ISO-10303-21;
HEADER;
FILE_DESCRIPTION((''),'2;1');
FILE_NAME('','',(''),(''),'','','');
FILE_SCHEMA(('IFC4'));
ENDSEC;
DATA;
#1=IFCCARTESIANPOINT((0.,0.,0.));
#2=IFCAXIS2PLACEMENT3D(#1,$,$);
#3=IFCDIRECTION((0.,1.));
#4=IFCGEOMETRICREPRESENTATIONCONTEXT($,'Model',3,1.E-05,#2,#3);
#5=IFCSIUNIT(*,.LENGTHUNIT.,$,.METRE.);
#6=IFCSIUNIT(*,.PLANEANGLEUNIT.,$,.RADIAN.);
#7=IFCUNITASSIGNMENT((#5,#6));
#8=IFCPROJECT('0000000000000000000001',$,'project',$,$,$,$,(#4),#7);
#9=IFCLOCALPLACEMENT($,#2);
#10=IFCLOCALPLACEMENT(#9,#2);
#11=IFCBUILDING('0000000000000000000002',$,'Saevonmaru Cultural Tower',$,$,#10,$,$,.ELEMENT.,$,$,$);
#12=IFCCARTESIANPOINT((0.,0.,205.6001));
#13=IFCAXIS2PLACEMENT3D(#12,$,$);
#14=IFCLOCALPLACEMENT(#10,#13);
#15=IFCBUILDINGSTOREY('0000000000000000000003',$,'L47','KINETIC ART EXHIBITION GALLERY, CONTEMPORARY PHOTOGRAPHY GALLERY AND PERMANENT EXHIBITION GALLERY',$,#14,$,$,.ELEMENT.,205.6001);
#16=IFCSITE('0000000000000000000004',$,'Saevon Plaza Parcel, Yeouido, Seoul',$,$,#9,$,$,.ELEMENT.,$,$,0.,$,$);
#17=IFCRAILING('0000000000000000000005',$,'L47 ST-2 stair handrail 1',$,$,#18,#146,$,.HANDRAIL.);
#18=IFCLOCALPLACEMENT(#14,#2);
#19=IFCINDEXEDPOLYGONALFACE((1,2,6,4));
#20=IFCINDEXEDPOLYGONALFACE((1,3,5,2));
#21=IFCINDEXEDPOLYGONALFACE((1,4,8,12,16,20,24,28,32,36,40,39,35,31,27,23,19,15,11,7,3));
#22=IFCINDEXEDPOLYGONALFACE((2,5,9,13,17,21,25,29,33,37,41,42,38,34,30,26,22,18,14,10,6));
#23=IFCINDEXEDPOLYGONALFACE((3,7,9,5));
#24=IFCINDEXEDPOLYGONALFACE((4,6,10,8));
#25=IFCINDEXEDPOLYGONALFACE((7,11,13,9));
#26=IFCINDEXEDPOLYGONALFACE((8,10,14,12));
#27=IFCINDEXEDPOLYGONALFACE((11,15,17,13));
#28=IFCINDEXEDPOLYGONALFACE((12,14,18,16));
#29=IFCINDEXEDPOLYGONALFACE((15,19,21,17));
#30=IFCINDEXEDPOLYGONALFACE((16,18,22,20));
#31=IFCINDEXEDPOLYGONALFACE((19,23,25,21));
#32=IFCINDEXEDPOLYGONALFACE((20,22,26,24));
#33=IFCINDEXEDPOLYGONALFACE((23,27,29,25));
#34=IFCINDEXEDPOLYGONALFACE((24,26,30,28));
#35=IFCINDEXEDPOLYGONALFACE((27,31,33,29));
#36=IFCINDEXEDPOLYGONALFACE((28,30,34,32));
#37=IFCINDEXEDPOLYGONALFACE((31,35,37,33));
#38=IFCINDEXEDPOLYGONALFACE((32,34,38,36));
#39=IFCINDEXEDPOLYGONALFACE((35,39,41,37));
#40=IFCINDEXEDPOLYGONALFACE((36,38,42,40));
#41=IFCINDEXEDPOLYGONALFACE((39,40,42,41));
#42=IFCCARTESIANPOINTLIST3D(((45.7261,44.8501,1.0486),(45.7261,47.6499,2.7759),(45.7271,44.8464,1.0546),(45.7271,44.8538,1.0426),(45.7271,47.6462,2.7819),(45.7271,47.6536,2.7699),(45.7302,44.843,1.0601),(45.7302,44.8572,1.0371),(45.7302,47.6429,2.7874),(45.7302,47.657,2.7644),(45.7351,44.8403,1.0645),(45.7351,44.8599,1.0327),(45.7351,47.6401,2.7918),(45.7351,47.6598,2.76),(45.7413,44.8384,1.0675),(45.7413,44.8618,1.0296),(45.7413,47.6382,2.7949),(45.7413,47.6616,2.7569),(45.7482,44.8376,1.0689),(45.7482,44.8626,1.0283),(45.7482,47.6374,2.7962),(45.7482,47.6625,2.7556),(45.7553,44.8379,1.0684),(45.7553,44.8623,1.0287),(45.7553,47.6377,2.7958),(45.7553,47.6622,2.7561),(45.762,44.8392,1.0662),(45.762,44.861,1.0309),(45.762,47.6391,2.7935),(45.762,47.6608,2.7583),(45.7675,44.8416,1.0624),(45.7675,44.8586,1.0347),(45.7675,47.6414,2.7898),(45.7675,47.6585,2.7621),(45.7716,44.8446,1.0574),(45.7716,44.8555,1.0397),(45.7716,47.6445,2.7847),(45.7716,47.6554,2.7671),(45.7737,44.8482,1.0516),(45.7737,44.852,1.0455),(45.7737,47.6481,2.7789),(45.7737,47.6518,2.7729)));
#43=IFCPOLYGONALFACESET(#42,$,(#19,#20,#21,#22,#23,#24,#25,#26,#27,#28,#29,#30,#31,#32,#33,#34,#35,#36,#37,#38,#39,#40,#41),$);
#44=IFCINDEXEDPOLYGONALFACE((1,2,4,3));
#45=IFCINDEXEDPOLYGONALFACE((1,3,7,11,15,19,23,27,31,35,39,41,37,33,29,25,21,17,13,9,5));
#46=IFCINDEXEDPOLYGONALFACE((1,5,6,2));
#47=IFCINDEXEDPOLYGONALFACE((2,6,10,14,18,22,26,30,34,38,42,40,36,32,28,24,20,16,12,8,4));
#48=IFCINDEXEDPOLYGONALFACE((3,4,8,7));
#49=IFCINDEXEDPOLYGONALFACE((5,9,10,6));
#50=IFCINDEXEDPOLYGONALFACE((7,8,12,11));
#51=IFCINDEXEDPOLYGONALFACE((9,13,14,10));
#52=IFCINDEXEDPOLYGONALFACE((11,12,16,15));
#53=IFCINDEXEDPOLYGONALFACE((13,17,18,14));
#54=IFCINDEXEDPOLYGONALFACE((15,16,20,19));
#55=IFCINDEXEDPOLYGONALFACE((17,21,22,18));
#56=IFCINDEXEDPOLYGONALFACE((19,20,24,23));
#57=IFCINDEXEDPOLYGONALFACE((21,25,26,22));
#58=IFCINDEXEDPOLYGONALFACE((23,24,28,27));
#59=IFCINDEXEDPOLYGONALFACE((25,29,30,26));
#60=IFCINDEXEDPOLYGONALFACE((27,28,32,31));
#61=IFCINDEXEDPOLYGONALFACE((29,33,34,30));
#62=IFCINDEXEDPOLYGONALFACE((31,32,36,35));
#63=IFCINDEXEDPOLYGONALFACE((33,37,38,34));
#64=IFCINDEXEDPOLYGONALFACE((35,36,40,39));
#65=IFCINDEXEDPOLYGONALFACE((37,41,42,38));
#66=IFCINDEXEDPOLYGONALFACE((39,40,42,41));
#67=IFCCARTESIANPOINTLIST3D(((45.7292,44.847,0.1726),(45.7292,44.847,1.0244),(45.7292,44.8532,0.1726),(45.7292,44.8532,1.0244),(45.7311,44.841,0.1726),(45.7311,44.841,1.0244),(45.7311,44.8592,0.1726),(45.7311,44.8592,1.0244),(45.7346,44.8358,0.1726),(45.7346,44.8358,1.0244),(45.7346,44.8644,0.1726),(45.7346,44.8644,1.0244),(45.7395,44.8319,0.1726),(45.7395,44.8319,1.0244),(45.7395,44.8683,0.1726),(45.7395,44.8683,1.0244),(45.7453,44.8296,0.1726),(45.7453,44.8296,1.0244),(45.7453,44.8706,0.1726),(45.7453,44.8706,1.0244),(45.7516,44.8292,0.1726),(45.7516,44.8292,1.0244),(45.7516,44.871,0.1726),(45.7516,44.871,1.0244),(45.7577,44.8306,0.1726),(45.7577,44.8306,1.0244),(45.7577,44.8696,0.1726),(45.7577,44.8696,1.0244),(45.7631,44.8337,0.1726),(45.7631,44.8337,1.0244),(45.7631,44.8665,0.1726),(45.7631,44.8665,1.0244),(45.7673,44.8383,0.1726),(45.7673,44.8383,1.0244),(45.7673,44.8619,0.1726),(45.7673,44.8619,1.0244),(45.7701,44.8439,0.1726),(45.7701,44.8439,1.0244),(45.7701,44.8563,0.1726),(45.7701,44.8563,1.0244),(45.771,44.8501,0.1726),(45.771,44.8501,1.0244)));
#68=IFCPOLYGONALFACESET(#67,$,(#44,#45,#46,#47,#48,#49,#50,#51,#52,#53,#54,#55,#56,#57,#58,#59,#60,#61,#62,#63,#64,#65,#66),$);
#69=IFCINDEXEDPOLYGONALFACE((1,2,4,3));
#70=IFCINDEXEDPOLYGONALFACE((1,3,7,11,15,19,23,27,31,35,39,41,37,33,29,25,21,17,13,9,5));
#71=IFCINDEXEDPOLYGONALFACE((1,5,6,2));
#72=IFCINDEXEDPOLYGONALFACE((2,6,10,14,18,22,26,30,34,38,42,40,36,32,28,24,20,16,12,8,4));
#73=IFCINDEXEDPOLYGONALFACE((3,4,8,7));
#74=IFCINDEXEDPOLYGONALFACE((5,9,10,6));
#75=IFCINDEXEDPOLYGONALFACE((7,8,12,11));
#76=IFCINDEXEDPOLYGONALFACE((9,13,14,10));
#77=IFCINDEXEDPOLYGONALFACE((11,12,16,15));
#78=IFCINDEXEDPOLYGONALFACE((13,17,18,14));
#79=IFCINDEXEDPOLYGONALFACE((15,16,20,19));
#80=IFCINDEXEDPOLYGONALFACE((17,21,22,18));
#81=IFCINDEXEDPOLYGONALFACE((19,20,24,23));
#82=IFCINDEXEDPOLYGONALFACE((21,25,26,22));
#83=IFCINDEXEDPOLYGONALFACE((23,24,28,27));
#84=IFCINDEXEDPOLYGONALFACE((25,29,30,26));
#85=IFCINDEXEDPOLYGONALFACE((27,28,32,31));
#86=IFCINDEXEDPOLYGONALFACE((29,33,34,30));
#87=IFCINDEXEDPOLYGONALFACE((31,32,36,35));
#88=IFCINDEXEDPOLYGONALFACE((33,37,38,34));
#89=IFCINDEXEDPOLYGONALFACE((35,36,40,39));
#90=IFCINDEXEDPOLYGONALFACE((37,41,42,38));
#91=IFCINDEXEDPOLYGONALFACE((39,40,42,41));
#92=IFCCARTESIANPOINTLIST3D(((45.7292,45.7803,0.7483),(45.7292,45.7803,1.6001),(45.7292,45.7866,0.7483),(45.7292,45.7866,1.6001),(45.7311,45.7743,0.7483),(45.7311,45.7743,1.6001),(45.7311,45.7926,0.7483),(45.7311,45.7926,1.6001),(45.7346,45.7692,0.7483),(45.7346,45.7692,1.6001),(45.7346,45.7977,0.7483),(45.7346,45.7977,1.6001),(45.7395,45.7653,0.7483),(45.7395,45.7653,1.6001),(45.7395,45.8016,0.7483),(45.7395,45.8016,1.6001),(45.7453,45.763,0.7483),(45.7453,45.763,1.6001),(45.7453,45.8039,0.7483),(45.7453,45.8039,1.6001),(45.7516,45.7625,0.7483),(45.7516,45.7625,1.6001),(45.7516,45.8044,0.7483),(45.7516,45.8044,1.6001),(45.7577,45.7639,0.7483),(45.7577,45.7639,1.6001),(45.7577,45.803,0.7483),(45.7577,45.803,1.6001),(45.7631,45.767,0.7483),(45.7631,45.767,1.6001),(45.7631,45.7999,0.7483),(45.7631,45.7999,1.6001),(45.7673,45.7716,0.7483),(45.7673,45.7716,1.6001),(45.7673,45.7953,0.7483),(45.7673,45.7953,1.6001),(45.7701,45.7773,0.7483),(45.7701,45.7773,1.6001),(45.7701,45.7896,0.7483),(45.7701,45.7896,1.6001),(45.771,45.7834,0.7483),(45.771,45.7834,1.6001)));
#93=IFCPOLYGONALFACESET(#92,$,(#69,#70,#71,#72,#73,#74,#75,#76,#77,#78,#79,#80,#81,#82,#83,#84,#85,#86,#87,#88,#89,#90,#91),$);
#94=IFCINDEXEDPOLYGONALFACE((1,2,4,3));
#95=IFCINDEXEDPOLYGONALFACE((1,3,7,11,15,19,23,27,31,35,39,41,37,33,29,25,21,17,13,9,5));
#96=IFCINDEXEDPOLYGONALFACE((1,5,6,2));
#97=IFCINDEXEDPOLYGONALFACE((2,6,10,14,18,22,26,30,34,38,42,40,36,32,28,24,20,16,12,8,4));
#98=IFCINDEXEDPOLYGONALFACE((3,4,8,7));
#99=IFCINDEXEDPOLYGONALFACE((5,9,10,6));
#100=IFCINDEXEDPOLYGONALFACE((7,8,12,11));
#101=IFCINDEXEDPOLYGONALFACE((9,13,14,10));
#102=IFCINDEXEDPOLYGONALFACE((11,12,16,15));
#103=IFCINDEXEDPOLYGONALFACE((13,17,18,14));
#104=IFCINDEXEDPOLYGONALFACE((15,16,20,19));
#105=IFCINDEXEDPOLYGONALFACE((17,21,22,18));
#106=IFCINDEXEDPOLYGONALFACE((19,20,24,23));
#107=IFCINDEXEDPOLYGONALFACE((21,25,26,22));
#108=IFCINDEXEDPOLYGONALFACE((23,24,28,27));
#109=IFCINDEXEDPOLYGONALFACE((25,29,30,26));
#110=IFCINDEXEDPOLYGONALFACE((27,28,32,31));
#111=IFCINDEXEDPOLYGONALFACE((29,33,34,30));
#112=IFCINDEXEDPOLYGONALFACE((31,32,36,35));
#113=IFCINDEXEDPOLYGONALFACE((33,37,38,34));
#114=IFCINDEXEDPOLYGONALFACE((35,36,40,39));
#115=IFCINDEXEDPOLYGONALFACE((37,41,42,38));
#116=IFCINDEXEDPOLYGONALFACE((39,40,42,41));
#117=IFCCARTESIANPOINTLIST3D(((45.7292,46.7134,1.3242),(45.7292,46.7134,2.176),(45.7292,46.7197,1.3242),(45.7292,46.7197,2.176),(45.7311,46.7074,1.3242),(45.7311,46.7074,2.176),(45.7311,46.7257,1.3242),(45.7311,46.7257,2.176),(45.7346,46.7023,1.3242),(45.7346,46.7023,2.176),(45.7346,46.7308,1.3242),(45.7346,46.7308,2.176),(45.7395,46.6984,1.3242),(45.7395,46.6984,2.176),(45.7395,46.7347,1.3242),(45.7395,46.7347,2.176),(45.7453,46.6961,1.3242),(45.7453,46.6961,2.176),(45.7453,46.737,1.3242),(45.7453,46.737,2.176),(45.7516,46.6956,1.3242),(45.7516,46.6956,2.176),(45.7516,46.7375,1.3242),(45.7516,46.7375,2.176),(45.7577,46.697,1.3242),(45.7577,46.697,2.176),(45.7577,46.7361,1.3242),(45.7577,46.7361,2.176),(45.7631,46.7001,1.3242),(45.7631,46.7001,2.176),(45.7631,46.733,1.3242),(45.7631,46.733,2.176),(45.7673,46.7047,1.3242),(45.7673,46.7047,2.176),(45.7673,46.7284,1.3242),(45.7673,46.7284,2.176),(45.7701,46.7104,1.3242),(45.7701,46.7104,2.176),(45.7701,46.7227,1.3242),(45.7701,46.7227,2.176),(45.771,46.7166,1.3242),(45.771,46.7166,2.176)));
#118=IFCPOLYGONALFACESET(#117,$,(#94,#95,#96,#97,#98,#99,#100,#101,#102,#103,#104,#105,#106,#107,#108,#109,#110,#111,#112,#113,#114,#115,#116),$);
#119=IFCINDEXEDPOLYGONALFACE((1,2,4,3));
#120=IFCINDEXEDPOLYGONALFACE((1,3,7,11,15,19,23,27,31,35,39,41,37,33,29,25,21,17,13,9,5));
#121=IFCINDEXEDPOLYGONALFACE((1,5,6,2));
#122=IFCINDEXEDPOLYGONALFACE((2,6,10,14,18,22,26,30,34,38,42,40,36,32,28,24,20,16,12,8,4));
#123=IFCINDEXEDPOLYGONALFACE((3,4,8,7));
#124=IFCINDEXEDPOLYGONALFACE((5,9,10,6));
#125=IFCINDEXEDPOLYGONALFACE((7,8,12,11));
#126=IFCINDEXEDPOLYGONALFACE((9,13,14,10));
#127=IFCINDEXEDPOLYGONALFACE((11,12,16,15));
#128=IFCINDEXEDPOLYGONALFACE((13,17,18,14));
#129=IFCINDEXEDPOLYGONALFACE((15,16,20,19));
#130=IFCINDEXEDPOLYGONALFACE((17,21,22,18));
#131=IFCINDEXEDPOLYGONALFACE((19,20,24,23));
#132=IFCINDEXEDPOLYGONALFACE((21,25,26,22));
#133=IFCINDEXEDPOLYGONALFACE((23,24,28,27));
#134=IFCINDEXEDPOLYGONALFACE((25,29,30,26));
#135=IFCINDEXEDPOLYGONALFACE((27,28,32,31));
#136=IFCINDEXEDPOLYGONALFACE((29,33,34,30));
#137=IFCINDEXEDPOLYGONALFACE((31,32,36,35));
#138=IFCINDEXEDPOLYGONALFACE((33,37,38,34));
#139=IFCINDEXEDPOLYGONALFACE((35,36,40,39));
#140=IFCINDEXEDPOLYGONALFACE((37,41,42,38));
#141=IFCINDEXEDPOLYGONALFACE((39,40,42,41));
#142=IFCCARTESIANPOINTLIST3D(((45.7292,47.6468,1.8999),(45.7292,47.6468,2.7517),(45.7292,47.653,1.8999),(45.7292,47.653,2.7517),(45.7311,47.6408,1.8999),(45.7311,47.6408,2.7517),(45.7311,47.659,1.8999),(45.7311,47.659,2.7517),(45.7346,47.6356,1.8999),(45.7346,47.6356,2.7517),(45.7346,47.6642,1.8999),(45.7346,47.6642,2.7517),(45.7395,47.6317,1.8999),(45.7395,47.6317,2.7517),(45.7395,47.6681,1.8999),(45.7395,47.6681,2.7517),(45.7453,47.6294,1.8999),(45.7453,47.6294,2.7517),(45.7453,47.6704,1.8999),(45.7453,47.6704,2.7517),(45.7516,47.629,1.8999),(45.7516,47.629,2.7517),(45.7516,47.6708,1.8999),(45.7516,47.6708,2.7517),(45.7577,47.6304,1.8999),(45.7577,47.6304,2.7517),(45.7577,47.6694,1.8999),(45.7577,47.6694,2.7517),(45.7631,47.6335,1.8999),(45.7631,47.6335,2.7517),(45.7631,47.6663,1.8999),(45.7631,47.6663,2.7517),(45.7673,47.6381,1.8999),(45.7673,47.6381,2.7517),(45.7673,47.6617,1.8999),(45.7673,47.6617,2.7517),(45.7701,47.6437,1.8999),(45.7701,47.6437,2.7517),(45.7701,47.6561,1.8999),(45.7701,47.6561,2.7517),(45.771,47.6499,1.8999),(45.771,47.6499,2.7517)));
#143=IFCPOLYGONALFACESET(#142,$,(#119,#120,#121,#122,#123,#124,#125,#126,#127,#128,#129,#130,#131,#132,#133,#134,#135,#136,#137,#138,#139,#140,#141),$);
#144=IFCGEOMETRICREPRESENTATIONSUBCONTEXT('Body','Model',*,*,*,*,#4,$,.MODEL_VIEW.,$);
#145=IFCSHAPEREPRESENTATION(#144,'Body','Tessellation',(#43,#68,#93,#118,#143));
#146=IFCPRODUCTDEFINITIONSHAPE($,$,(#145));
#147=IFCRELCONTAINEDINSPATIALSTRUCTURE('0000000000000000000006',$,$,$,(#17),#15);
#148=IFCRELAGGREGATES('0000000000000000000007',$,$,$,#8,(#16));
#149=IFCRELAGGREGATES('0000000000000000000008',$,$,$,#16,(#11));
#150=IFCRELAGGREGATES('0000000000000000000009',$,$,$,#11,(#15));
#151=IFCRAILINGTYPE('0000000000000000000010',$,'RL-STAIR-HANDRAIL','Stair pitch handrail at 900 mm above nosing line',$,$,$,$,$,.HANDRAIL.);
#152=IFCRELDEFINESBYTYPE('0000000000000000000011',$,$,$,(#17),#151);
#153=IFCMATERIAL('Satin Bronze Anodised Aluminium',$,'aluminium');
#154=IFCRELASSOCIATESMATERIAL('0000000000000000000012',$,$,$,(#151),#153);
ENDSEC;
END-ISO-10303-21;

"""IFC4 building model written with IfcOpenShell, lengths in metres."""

from ifc_helpers import new_model, si_unit, direction, frame, origin, origin_2d, place, context, subcontext, project, spatial, circle, extrude, material, type_object, element, save


model = new_model("IFC4")

# Units and contexts
model_context = context("Model", 3, precision=1e-05, world=origin(), true_north=direction((0.0, 1.0)))
body_context = subcontext(model_context, "Body", "Model", "MODEL_VIEW")
ifc_project = project(units=[si_unit("LENGTHUNIT", "METRE"), si_unit("PLANEANGLEUNIT", "RADIAN")], contexts=[model_context])

# Site, building, storey
site_placement = place(None, origin())
site = spatial("IfcSite", under=ifc_project, at=site_placement, Name="Saevon Plaza Parcel, Yeouido, Seoul", CompositionType="ELEMENT", RefElevation=0.0)
building_placement = place(site_placement, origin())
building = spatial("IfcBuilding", under=site, at=building_placement, Name="Saevonmaru Cultural Tower", CompositionType="ELEMENT")
storey_placement = place(building_placement, frame((0.0, 0.0, 205.6001)))
storey = spatial("IfcBuildingStorey", under=building, at=storey_placement, Name="L47", Description="KINETIC ART EXHIBITION GALLERY, CONTEMPORARY PHOTOGRAPHY GALLERY AND PERMANENT EXHIBITION GALLERY", CompositionType="ELEMENT", Elevation=205.6001)

# Shared definitions
ifc_material_1 = material(Name="Satin Bronze Anodised Aluminium", Category="aluminium")

# Railing
railing_type_1 = type_object("IfcRailingType", Name="RL-STAIR-HANDRAIL", Description="Stair pitch handrail at 900 mm above nosing line", PredefinedType="HANDRAIL", material=ifc_material_1)
railing_1_placement = place(storey_placement, frame((45.75, 44.8501, 0.1726)))
element("IfcRailing", 1, at=railing_1_placement, inside=storey, type_object=railing_type_1, Name="L47 ST-2 stair handrail 1", PredefinedType="HANDRAIL", context=body_context, shape_type="SweptSolid", body=[
    extrude(circle(Radius=0.0239, at=origin_2d()), frame((0.0, 0.0, 0.876), z_axis=(0.0, 0.851069, 0.525054), x_axis=(-1.0, 0.0, 0.0)), (0.0, 0.0, 1.0), 3.2898),
    extrude(circle(Radius=0.021, at=origin_2d()), origin(), (0.0, 0.0, 1.0), 0.8518),
    extrude(circle(Radius=0.021, at=origin_2d()), frame((0.0, 0.9333, 0.5757)), (0.0, 0.0, 1.0), 0.8518),
    extrude(circle(Radius=0.021, at=origin_2d()), frame((0.0, 1.8665, 1.1516)), (0.0, 0.0, 1.0), 0.8518),
    extrude(circle(Radius=0.021, at=origin_2d()), frame((0.0, 2.7998, 1.7273)), (0.0, 0.0, 1.0), 0.8518),
])

save(model, "model.ifc")
